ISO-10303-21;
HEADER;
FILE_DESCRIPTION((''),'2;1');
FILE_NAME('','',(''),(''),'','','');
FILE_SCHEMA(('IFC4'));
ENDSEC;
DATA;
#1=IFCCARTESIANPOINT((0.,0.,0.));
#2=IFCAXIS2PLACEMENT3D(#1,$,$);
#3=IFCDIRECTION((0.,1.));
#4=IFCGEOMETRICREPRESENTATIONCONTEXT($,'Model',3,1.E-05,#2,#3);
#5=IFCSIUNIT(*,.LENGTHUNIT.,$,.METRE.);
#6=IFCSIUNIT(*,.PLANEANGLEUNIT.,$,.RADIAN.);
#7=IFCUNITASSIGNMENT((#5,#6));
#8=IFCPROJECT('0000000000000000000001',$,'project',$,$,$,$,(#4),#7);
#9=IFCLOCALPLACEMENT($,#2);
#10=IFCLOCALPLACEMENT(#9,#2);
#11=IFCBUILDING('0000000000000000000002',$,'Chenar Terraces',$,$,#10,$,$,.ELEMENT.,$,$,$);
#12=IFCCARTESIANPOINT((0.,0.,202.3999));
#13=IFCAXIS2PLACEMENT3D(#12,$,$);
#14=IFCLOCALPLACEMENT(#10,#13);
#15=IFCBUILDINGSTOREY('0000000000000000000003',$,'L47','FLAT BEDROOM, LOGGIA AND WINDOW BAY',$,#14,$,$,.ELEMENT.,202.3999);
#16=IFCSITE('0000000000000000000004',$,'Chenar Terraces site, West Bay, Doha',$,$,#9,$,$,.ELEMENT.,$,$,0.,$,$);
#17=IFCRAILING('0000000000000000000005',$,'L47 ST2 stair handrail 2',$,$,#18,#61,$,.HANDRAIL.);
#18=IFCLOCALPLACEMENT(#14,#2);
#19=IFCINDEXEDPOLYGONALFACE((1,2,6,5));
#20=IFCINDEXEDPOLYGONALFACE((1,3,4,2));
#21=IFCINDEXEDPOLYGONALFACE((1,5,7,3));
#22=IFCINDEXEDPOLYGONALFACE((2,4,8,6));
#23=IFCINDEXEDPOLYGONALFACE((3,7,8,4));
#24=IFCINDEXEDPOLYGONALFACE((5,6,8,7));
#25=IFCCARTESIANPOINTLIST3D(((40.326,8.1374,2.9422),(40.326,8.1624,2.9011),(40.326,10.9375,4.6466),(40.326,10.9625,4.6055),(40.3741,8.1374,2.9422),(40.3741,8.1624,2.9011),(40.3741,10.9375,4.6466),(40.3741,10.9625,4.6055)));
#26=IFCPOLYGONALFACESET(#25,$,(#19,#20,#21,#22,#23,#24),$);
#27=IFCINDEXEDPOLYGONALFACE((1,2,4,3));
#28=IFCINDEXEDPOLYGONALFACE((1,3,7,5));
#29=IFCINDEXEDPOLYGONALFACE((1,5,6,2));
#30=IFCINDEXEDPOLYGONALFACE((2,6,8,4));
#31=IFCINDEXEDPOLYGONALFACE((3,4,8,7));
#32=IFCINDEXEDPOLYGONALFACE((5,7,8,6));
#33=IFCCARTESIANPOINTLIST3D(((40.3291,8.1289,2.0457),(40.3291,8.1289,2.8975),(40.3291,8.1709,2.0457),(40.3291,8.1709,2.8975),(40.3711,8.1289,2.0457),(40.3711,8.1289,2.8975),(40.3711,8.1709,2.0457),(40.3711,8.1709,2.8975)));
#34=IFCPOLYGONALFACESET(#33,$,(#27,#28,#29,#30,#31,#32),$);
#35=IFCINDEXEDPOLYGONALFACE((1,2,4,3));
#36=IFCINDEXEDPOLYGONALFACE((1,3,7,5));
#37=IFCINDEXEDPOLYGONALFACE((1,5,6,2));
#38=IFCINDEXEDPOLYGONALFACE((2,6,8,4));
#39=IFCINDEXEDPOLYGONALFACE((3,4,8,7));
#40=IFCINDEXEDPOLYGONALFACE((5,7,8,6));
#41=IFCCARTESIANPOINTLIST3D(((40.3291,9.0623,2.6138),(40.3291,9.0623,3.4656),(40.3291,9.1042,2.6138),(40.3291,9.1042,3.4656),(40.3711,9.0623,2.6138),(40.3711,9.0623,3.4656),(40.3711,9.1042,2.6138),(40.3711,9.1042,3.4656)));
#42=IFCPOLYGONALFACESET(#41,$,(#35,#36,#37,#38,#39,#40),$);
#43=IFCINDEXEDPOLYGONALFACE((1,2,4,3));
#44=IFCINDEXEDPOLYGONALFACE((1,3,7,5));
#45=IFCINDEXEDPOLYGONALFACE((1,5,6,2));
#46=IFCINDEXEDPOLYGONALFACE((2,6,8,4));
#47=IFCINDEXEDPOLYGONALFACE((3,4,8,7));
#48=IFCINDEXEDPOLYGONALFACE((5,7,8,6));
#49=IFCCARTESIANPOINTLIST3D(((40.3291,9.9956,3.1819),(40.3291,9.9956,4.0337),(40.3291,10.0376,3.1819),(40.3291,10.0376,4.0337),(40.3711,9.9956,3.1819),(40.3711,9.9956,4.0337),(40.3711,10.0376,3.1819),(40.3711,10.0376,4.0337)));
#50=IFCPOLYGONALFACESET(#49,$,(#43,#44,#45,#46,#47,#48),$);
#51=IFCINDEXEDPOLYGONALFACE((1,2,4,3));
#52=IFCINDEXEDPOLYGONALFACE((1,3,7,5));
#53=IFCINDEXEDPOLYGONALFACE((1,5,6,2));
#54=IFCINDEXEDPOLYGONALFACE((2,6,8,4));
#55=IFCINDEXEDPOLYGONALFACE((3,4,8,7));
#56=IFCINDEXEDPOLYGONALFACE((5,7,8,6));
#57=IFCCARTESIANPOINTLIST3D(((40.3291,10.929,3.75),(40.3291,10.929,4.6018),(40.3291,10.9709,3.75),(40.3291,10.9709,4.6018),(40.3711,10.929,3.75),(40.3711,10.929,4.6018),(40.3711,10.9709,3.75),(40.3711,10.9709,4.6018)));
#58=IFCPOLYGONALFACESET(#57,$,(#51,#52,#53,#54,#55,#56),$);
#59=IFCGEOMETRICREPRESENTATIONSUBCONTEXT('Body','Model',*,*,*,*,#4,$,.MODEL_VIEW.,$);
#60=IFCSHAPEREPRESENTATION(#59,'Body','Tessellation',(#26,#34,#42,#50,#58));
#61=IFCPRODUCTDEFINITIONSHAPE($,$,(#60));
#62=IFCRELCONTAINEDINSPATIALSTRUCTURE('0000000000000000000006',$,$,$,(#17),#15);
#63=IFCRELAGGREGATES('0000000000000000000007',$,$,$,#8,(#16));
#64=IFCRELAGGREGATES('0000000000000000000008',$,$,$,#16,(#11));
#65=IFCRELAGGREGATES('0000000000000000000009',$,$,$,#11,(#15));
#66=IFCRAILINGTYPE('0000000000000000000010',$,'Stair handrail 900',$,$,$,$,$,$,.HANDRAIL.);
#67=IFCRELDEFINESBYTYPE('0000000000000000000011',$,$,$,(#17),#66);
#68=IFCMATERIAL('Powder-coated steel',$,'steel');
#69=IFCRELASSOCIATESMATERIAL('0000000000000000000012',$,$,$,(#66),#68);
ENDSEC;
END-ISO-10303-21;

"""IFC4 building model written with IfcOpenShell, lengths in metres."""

from ifc_helpers import new_model, si_unit, direction, frame, origin, origin_2d, place, context, subcontext, project, spatial, rectangle, extrude, material, type_object, element, save


model = new_model("IFC4")

# Units and contexts
model_context = context("Model", 3, precision=1e-05, world=origin(), true_north=direction((0.0, 1.0)))
body_context = subcontext(model_context, "Body", "Model", "MODEL_VIEW")
ifc_project = project(units=[si_unit("LENGTHUNIT", "METRE"), si_unit("PLANEANGLEUNIT", "RADIAN")], contexts=[model_context])

# Site, building, storey
site_placement = place(None, origin())
site = spatial("IfcSite", under=ifc_project, at=site_placement, Name="Chenar Terraces site, West Bay, Doha", CompositionType="ELEMENT", RefElevation=0.0)
building_placement = place(site_placement, origin())
building = spatial("IfcBuilding", under=site, at=building_placement, Name="Chenar Terraces", CompositionType="ELEMENT")
storey_placement = place(building_placement, frame((0.0, 0.0, 202.3999)))
storey = spatial("IfcBuildingStorey", under=building, at=storey_placement, Name="L47", Description="FLAT BEDROOM, LOGGIA AND WINDOW BAY", CompositionType="ELEMENT", Elevation=202.3999)

# Railing
ifc_material_1 = material(Name="Powder-coated steel", Category="steel")
railing_type_1 = type_object("IfcRailingType", Name="Stair handrail 900", PredefinedType="HANDRAIL", material=ifc_material_1)
railing_1_placement = place(storey_placement, frame((40.3501, 8.1499, 2.0457)))
element("IfcRailing", 1, at=railing_1_placement, inside=storey, type_object=railing_type_1, Name="L47 ST2 stair handrail 2", PredefinedType="HANDRAIL", context=body_context, shape_type="SweptSolid", body=[
    extrude(rectangle(XDim=0.0481, YDim=0.0481, at=origin_2d()), frame((0.0, 0.0, 0.876), z_axis=(0.0, 0.854203, 0.51994), x_axis=(-1.0, 0.0, 0.0)), (0.0, 0.0, 1.0), 3.2781),
    extrude(rectangle(XDim=0.042, YDim=0.042, at=origin_2d()), origin(), (0.0, 0.0, 1.0), 0.8518),
    extrude(rectangle(XDim=0.042, YDim=0.042, at=origin_2d()), frame((0.0, 0.9333, 0.5681)), (0.0, 0.0, 1.0), 0.8518),
    extrude(rectangle(XDim=0.042, YDim=0.042, at=origin_2d()), frame((0.0, 1.8667, 1.1362)), (0.0, 0.0, 1.0), 0.8518),
    extrude(rectangle(XDim=0.042, YDim=0.042, at=origin_2d()), frame((0.0, 2.8, 1.7043)), (0.0, 0.0, 1.0), 0.8518),
])

save(model, "model.ifc")
